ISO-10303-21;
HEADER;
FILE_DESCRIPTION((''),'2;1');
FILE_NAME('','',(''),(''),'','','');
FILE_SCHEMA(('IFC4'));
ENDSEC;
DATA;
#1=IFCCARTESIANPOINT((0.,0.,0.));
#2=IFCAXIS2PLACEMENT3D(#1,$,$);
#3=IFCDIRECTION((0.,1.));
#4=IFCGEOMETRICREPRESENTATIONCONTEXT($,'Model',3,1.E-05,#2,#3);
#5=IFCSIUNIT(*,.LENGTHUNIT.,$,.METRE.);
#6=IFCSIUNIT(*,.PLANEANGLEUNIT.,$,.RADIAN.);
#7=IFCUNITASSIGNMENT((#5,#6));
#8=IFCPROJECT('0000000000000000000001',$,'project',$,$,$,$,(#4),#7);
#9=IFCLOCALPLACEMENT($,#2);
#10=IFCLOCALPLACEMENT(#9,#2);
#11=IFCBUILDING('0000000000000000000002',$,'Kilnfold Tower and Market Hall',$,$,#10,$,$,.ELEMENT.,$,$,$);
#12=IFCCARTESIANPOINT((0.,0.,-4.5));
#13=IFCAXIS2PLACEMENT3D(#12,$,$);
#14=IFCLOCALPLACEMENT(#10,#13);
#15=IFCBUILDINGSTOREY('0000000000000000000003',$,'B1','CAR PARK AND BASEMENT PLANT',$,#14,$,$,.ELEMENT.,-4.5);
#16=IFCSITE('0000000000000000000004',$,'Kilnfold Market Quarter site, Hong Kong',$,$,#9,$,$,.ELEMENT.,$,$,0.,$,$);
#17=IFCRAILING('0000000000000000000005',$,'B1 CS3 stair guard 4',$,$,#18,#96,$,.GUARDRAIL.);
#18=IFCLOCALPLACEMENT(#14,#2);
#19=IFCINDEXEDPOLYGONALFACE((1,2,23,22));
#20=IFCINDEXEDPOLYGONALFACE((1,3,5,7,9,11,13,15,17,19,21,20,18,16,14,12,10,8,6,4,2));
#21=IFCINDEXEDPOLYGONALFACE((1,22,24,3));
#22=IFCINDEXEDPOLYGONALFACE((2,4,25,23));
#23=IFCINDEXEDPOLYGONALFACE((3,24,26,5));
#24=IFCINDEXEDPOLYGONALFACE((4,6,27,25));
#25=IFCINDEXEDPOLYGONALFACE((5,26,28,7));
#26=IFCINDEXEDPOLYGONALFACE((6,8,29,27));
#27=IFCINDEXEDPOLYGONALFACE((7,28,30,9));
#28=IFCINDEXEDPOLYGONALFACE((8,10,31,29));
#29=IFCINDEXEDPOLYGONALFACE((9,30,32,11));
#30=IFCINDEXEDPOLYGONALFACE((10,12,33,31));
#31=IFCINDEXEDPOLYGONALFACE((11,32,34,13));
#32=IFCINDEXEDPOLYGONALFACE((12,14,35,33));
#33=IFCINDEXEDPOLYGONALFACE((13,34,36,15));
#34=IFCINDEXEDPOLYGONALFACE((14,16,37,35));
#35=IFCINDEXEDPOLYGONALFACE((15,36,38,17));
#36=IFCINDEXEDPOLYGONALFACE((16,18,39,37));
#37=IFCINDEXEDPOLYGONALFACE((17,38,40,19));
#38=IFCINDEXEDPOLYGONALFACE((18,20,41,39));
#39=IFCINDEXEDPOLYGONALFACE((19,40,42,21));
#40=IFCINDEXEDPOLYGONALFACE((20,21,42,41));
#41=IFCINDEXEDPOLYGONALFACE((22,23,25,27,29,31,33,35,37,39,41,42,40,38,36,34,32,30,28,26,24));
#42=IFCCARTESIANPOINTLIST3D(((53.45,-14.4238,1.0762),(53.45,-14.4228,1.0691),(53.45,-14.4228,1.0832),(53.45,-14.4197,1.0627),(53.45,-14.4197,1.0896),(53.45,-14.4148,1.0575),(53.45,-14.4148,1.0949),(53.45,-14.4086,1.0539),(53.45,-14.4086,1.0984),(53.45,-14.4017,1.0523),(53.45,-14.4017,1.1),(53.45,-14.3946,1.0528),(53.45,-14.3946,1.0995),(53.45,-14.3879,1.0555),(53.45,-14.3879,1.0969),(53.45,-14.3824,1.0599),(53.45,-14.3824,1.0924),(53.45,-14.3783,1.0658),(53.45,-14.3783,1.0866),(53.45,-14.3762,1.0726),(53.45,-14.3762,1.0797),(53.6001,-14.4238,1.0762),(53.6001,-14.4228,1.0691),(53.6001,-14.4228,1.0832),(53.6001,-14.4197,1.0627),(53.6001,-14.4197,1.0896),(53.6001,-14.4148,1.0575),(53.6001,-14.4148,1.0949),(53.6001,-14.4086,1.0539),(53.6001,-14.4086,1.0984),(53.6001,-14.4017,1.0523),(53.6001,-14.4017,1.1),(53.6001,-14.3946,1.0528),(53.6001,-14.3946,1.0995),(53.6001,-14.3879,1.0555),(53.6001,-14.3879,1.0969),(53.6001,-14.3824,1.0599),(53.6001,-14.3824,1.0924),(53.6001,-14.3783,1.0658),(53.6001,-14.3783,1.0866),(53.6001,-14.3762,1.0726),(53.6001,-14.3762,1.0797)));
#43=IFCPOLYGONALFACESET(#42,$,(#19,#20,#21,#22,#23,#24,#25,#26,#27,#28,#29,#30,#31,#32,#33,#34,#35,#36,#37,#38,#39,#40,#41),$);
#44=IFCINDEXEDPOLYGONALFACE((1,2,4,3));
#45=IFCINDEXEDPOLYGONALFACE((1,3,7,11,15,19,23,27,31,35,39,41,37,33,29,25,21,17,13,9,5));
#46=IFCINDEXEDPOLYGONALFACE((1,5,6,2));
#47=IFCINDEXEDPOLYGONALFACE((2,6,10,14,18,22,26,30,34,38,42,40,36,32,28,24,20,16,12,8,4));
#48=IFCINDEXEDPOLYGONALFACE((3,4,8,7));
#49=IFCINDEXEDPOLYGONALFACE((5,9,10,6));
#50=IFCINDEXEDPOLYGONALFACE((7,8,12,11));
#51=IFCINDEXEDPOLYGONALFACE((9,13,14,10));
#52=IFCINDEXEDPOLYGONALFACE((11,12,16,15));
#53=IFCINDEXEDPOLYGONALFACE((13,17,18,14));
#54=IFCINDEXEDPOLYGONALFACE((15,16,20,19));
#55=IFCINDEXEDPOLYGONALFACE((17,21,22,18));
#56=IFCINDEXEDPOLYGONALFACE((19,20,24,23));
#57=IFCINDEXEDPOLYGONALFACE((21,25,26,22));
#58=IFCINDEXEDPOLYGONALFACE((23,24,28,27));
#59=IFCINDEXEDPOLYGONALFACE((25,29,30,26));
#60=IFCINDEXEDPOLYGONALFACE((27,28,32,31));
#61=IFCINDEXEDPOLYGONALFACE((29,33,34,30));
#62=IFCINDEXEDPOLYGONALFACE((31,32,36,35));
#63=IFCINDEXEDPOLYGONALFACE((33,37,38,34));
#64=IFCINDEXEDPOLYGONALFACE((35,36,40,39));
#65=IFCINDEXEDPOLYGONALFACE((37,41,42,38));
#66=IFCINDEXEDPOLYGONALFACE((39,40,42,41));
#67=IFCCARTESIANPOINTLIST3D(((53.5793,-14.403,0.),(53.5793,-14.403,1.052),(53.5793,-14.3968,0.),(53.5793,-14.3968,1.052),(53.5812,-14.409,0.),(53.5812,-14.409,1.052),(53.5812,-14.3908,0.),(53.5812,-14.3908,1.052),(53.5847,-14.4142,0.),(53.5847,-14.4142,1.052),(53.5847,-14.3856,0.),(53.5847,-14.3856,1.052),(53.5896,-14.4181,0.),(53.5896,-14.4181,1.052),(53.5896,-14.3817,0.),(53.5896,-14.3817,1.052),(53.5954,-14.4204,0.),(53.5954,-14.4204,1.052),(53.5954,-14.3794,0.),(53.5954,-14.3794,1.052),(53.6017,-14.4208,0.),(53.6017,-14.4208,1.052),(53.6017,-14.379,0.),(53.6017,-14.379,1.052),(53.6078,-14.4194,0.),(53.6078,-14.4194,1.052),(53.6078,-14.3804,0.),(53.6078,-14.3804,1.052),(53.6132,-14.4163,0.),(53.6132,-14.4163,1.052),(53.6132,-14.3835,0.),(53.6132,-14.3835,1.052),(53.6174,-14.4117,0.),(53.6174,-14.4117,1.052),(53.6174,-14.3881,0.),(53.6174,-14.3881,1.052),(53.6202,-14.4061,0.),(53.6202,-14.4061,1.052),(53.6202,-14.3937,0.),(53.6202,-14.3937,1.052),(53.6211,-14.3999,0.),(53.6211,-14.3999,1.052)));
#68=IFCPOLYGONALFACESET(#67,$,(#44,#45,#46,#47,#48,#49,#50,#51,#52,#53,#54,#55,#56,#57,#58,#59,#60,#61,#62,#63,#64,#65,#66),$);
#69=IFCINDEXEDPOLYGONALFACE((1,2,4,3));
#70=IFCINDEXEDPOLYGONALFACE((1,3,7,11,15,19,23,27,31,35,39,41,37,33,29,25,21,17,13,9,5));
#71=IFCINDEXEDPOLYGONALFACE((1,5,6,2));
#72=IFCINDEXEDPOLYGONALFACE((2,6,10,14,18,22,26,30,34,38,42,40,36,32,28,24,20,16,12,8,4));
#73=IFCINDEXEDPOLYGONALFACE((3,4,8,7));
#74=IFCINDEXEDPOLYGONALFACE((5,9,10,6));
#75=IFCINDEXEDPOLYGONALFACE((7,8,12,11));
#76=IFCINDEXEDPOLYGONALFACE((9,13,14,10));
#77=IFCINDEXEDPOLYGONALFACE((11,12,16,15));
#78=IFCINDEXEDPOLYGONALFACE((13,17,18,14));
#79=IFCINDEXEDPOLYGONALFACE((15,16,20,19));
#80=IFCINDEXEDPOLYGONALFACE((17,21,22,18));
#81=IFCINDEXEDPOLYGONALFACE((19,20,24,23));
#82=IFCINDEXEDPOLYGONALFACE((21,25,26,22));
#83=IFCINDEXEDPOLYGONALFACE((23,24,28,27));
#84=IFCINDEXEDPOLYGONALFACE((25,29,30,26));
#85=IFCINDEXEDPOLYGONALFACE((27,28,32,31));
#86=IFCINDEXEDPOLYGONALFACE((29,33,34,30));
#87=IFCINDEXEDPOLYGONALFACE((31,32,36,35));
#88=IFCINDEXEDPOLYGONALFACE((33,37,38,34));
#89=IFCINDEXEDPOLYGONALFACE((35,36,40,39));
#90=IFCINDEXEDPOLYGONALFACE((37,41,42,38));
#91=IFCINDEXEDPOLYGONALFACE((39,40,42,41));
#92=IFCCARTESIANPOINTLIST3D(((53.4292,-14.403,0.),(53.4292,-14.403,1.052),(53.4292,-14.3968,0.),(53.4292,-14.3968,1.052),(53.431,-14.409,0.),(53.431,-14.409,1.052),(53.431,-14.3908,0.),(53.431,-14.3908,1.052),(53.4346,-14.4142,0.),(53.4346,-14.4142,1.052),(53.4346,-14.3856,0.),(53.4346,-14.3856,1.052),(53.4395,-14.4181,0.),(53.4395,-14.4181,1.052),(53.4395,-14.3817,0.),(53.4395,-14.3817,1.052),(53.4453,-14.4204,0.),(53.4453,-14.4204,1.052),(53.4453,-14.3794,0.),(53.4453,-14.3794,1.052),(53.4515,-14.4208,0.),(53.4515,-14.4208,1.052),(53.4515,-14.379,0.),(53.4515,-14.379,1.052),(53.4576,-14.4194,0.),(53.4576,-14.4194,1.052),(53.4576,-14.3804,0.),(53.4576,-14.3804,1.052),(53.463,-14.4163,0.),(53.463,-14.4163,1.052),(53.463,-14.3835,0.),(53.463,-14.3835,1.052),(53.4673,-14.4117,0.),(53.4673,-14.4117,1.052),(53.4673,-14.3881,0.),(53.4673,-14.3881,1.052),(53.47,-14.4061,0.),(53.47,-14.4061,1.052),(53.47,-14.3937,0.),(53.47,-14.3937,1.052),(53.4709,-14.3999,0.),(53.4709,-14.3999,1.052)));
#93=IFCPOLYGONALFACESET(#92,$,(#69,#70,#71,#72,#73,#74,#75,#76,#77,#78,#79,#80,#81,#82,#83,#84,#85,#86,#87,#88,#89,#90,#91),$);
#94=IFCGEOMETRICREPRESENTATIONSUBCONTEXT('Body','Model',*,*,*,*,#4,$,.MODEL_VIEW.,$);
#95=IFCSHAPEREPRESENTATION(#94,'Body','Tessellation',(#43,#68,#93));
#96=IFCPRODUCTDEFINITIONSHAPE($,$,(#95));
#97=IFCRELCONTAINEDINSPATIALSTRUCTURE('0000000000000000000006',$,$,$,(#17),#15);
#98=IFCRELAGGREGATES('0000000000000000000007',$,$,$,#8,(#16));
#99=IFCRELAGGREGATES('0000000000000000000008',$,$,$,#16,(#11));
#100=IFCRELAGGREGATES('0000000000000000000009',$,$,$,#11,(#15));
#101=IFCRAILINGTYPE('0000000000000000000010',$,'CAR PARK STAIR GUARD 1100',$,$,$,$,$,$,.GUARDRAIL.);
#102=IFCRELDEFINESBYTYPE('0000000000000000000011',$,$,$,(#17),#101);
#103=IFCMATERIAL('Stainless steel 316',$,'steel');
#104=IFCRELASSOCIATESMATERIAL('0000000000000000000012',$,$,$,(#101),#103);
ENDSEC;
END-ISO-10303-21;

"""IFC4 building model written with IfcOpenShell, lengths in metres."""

from ifc_helpers import new_model, si_unit, direction, frame, origin, origin_2d, place, context, subcontext, project, spatial, circle, extrude, material, type_object, element, save


model = new_model("IFC4")

# Units and contexts
model_context = context("Model", 3, precision=1e-05, world=origin(), true_north=direction((0.0, 1.0)))
body_context = subcontext(model_context, "Body", "Model", "MODEL_VIEW")
ifc_project = project(units=[si_unit("LENGTHUNIT", "METRE"), si_unit("PLANEANGLEUNIT", "RADIAN")], contexts=[model_context])

# Site, building, storey
site_placement = place(None, origin())
site = spatial("IfcSite", under=ifc_project, at=site_placement, Name="Kilnfold Market Quarter site, Hong Kong", CompositionType="ELEMENT", RefElevation=0.0)
building_placement = place(site_placement, origin())
building = spatial("IfcBuilding", under=site, at=building_placement, Name="Kilnfold Tower and Market Hall", CompositionType="ELEMENT")
storey_placement = place(building_placement, frame((0.0, 0.0, -4.5)))
storey = spatial("IfcBuildingStorey", under=building, at=storey_placement, Name="B1", Description="CAR PARK AND BASEMENT PLANT", CompositionType="ELEMENT", Elevation=-4.5)

# Railing
ifc_material_1 = material(Name="Stainless steel 316", Category="steel")
railing_type_1 = type_object("IfcRailingType", Name="CAR PARK STAIR GUARD 1100", PredefinedType="GUARDRAIL", material=ifc_material_1)
railing_1_placement = place(storey_placement, frame((53.6001, -14.3999, 0.0)))
element("IfcRailing", 1, at=railing_1_placement, inside=storey, type_object=railing_type_1, Name="B1 CS3 stair guard 4", PredefinedType="GUARDRAIL", context=body_context, shape_type="SweptSolid", body=[
    extrude(circle(Radius=0.0239, at=origin_2d()), frame((0.0, 0.0, 1.0762), z_axis=(-1.0, 0.0, 0.0), x_axis=(0.0, -1.0, 0.0)), (0.0, 0.0, 1.0), 0.1501),
    extrude(circle(Radius=0.021, at=origin_2d()), origin(), (0.0, 0.0, 1.0), 1.052),
    extrude(circle(Radius=0.021, at=origin_2d()), frame((-0.1501, 0.0, 0.0)), (0.0, 0.0, 1.0), 1.052),
])

save(model, "model.ifc")
